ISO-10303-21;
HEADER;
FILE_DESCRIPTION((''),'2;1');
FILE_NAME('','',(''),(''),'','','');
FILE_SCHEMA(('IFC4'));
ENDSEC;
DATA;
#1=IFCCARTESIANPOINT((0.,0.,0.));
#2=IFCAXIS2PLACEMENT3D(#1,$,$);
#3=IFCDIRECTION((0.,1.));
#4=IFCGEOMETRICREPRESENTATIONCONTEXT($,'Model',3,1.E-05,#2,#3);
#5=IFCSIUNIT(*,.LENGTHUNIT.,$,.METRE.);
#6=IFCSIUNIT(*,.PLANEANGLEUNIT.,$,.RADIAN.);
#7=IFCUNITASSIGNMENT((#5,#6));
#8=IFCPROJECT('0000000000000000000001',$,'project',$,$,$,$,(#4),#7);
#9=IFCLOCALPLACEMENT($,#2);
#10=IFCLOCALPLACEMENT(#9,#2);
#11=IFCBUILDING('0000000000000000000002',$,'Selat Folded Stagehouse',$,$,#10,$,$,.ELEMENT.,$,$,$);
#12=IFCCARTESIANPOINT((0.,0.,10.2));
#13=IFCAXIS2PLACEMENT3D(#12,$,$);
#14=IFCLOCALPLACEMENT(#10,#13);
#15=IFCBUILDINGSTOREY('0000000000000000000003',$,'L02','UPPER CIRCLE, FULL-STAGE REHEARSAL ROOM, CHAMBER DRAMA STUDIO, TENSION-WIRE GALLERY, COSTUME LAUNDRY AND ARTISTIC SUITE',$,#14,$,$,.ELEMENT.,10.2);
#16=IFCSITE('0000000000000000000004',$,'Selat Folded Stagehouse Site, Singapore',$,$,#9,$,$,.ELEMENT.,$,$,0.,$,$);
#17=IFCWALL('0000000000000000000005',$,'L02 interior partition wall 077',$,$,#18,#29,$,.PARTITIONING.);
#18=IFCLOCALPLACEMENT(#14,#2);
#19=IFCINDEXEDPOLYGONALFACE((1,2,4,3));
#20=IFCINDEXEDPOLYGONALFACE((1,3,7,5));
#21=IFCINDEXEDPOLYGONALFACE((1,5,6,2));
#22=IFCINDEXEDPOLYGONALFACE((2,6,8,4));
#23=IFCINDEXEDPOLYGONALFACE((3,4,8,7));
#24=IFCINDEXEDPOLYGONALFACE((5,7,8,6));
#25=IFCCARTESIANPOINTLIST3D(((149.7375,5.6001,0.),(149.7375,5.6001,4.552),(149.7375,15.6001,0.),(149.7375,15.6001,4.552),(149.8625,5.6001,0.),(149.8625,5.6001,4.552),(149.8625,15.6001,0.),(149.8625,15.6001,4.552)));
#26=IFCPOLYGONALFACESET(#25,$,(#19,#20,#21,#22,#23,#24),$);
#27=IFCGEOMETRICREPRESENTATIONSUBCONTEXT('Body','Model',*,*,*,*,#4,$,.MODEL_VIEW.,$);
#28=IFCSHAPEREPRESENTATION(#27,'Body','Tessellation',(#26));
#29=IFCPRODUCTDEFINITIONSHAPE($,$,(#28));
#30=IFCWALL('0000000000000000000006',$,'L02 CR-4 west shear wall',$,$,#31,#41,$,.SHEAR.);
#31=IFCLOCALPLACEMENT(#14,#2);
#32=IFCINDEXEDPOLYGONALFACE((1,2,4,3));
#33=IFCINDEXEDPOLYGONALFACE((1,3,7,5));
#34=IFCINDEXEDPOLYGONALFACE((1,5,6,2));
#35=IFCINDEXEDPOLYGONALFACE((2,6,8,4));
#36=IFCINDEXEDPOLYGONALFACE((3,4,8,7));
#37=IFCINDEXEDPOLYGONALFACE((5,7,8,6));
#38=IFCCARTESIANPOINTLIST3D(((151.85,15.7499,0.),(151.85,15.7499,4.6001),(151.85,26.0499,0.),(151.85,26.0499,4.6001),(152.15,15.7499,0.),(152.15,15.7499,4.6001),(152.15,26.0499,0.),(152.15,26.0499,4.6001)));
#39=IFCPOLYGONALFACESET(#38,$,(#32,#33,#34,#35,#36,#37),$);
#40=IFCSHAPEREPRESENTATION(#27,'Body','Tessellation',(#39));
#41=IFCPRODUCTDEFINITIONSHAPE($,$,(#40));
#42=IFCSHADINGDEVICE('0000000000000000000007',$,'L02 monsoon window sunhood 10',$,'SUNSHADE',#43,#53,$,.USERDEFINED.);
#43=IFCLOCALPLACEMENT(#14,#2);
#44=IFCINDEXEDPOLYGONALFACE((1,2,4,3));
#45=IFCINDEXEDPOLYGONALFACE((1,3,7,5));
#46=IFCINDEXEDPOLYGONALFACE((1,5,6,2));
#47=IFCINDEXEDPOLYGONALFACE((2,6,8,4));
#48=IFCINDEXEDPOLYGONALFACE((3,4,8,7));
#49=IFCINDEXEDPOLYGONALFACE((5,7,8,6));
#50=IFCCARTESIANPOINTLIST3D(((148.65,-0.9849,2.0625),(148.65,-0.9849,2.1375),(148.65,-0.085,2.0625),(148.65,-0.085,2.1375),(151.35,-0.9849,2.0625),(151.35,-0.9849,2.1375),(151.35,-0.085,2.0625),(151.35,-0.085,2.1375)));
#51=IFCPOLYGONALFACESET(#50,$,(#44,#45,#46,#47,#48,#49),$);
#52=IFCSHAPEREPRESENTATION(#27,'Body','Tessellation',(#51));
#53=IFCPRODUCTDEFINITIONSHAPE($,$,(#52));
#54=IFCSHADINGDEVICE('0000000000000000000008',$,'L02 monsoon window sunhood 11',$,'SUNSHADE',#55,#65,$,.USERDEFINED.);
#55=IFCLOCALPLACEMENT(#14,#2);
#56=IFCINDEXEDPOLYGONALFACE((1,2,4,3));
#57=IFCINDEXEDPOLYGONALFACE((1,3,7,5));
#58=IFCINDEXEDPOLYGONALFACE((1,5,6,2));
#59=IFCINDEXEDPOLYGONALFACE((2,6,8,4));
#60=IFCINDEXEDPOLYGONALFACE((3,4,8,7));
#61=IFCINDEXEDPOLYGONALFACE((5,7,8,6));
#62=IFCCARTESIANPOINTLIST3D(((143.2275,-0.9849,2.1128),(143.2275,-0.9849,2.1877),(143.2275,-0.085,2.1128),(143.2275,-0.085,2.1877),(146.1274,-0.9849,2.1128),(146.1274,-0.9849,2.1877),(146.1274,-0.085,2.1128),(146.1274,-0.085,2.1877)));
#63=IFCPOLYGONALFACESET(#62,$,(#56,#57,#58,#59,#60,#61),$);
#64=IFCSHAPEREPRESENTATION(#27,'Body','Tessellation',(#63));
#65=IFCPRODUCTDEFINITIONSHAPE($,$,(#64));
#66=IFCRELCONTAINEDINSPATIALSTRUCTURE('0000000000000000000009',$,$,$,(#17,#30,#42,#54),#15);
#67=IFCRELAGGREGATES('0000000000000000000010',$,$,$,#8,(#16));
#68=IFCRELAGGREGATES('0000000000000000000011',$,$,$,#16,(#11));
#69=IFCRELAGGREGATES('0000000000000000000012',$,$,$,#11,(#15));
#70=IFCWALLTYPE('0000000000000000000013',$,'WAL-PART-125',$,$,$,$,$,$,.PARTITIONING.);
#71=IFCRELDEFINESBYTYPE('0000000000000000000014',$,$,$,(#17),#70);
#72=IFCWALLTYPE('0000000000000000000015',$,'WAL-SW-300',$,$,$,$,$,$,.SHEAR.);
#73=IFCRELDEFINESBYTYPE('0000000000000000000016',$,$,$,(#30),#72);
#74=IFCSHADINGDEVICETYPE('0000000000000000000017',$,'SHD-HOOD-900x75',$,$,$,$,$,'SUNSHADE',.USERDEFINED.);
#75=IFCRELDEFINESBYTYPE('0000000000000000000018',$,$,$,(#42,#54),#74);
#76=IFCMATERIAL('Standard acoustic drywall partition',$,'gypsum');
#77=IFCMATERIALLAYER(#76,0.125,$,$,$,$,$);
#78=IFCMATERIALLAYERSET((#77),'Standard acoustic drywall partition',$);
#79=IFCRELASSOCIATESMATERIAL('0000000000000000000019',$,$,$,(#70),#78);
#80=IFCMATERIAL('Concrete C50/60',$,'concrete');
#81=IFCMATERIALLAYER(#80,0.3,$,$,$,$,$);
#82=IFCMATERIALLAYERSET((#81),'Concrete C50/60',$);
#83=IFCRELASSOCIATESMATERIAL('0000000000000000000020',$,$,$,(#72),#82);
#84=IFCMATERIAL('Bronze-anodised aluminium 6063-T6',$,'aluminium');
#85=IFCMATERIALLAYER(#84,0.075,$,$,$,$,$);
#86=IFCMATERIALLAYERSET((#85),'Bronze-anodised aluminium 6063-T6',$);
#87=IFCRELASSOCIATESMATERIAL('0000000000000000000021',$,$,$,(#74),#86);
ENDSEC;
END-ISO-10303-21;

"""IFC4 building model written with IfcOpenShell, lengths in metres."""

from ifc_helpers import new_model, si_unit, direction, frame, frame_2d, origin, origin_2d, place, context, subcontext, project, spatial, rectangle, extrude, material, layer, layer_set, type_object, element, save


model = new_model("IFC4")

# Units and contexts
model_context = context("Model", 3, precision=1e-05, world=origin(), true_north=direction((0.0, 1.0)))
body_context = subcontext(model_context, "Body", "Model", "MODEL_VIEW")
ifc_project = project(units=[si_unit("LENGTHUNIT", "METRE"), si_unit("PLANEANGLEUNIT", "RADIAN")], contexts=[model_context])

# Site, building, storey
site_placement = place(None, origin())
site = spatial("IfcSite", under=ifc_project, at=site_placement, Name="Selat Folded Stagehouse Site, Singapore", CompositionType="ELEMENT", RefElevation=0.0)
building_placement = place(site_placement, origin())
building = spatial("IfcBuilding", under=site, at=building_placement, Name="Selat Folded Stagehouse", CompositionType="ELEMENT")
storey_placement = place(building_placement, frame((0.0, 0.0, 10.2)))
storey = spatial("IfcBuildingStorey", under=building, at=storey_placement, Name="L02", Description="UPPER CIRCLE, FULL-STAGE REHEARSAL ROOM, CHAMBER DRAMA STUDIO, TENSION-WIRE GALLERY, COSTUME LAUNDRY AND ARTISTIC SUITE", CompositionType="ELEMENT", Elevation=10.2)

# Shared definitions
ifc_material_1 = material(Name="Standard acoustic drywall partition", Category="gypsum")
ifc_layer_1 = layer(ifc_material_1, 0.125)
ifc_layer_set_1 = layer_set([ifc_layer_1], Name="Standard acoustic drywall partition")
wall_type_1 = type_object("IfcWallType", Name="WAL-PART-125", PredefinedType="PARTITIONING", material=ifc_layer_set_1)

# Walls
wall_1_placement = place(storey_placement, frame((149.8, 5.6001, 0.0), z_axis=(0.0, 0.0, 1.0), x_axis=(0.0, 1.0, 0.0)))
element("IfcWall", 1, at=wall_1_placement, inside=storey, type_object=wall_type_1, Name="L02 interior partition wall 077", PredefinedType="PARTITIONING", context=body_context, shape_type="SweptSolid", body=[
    extrude(rectangle(XDim=10.0, YDim=0.125, at=frame_2d((5.0, 0.0))), origin(), (0.0, 0.0, 1.0), 4.552),
])
ifc_material_2 = material(Name="Concrete C50/60", Category="concrete")
ifc_layer_2 = layer(ifc_material_2, 0.3)
ifc_layer_set_2 = layer_set([ifc_layer_2], Name="Concrete C50/60")
wall_type_2 = type_object("IfcWallType", Name="WAL-SW-300", PredefinedType="SHEAR", material=ifc_layer_set_2)
wall_2_placement = place(storey_placement, frame((152.0, 15.75, 0.0), z_axis=(0.0, 0.0, 1.0), x_axis=(0.0, 1.0, 0.0)))
element("IfcWall", 2, at=wall_2_placement, inside=storey, type_object=wall_type_2, Name="L02 CR-4 west shear wall", PredefinedType="SHEAR", context=body_context, shape_type="SweptSolid", body=[
    extrude(rectangle(XDim=10.3, YDim=0.3, at=frame_2d((5.1499, 0.0))), origin(), (0.0, 0.0, 1.0), 4.6001),
])

# Shading devices
ifc_material_3 = material(Name="Bronze-anodised aluminium 6063-T6", Category="aluminium")
ifc_layer_3 = layer(ifc_material_3, 0.075)
ifc_layer_set_3 = layer_set([ifc_layer_3], Name="Bronze-anodised aluminium 6063-T6")
shading_device_type = type_object("IfcShadingDeviceType", Name="SHD-HOOD-900x75", ElementType="SUNSHADE", PredefinedType="USERDEFINED", material=ifc_layer_set_3)
shading_device_1_placement = place(storey_placement, frame((150.0, -0.5349, 2.0625), z_axis=(0.0, 0.0, 1.0), x_axis=(-1.0, 0.0, 0.0)))
element("IfcShadingDevice", 3, at=shading_device_1_placement, inside=storey, type_object=shading_device_type, Name="L02 monsoon window sunhood 10", ObjectType="SUNSHADE", PredefinedType="USERDEFINED", context=body_context, shape_type="SweptSolid", body=[
    extrude(rectangle(XDim=2.7, YDim=0.8999, at=origin_2d()), origin(), (0.0, 0.0, 1.0), 0.075),
])
shading_device_2_placement = place(storey_placement, frame((144.6775, -0.5349, 2.1128), z_axis=(0.0, 0.0, 1.0), x_axis=(-1.0, 0.0, 0.0)))
element("IfcShadingDevice", 4, at=shading_device_2_placement, inside=storey, type_object=shading_device_type, Name="L02 monsoon window sunhood 11", ObjectType="SUNSHADE", PredefinedType="USERDEFINED", context=body_context, shape_type="SweptSolid", body=[
    extrude(rectangle(XDim=2.8999, YDim=0.8999, at=origin_2d()), origin(), (0.0, 0.0, 1.0), 0.075),
])

save(model, "model.ifc")
